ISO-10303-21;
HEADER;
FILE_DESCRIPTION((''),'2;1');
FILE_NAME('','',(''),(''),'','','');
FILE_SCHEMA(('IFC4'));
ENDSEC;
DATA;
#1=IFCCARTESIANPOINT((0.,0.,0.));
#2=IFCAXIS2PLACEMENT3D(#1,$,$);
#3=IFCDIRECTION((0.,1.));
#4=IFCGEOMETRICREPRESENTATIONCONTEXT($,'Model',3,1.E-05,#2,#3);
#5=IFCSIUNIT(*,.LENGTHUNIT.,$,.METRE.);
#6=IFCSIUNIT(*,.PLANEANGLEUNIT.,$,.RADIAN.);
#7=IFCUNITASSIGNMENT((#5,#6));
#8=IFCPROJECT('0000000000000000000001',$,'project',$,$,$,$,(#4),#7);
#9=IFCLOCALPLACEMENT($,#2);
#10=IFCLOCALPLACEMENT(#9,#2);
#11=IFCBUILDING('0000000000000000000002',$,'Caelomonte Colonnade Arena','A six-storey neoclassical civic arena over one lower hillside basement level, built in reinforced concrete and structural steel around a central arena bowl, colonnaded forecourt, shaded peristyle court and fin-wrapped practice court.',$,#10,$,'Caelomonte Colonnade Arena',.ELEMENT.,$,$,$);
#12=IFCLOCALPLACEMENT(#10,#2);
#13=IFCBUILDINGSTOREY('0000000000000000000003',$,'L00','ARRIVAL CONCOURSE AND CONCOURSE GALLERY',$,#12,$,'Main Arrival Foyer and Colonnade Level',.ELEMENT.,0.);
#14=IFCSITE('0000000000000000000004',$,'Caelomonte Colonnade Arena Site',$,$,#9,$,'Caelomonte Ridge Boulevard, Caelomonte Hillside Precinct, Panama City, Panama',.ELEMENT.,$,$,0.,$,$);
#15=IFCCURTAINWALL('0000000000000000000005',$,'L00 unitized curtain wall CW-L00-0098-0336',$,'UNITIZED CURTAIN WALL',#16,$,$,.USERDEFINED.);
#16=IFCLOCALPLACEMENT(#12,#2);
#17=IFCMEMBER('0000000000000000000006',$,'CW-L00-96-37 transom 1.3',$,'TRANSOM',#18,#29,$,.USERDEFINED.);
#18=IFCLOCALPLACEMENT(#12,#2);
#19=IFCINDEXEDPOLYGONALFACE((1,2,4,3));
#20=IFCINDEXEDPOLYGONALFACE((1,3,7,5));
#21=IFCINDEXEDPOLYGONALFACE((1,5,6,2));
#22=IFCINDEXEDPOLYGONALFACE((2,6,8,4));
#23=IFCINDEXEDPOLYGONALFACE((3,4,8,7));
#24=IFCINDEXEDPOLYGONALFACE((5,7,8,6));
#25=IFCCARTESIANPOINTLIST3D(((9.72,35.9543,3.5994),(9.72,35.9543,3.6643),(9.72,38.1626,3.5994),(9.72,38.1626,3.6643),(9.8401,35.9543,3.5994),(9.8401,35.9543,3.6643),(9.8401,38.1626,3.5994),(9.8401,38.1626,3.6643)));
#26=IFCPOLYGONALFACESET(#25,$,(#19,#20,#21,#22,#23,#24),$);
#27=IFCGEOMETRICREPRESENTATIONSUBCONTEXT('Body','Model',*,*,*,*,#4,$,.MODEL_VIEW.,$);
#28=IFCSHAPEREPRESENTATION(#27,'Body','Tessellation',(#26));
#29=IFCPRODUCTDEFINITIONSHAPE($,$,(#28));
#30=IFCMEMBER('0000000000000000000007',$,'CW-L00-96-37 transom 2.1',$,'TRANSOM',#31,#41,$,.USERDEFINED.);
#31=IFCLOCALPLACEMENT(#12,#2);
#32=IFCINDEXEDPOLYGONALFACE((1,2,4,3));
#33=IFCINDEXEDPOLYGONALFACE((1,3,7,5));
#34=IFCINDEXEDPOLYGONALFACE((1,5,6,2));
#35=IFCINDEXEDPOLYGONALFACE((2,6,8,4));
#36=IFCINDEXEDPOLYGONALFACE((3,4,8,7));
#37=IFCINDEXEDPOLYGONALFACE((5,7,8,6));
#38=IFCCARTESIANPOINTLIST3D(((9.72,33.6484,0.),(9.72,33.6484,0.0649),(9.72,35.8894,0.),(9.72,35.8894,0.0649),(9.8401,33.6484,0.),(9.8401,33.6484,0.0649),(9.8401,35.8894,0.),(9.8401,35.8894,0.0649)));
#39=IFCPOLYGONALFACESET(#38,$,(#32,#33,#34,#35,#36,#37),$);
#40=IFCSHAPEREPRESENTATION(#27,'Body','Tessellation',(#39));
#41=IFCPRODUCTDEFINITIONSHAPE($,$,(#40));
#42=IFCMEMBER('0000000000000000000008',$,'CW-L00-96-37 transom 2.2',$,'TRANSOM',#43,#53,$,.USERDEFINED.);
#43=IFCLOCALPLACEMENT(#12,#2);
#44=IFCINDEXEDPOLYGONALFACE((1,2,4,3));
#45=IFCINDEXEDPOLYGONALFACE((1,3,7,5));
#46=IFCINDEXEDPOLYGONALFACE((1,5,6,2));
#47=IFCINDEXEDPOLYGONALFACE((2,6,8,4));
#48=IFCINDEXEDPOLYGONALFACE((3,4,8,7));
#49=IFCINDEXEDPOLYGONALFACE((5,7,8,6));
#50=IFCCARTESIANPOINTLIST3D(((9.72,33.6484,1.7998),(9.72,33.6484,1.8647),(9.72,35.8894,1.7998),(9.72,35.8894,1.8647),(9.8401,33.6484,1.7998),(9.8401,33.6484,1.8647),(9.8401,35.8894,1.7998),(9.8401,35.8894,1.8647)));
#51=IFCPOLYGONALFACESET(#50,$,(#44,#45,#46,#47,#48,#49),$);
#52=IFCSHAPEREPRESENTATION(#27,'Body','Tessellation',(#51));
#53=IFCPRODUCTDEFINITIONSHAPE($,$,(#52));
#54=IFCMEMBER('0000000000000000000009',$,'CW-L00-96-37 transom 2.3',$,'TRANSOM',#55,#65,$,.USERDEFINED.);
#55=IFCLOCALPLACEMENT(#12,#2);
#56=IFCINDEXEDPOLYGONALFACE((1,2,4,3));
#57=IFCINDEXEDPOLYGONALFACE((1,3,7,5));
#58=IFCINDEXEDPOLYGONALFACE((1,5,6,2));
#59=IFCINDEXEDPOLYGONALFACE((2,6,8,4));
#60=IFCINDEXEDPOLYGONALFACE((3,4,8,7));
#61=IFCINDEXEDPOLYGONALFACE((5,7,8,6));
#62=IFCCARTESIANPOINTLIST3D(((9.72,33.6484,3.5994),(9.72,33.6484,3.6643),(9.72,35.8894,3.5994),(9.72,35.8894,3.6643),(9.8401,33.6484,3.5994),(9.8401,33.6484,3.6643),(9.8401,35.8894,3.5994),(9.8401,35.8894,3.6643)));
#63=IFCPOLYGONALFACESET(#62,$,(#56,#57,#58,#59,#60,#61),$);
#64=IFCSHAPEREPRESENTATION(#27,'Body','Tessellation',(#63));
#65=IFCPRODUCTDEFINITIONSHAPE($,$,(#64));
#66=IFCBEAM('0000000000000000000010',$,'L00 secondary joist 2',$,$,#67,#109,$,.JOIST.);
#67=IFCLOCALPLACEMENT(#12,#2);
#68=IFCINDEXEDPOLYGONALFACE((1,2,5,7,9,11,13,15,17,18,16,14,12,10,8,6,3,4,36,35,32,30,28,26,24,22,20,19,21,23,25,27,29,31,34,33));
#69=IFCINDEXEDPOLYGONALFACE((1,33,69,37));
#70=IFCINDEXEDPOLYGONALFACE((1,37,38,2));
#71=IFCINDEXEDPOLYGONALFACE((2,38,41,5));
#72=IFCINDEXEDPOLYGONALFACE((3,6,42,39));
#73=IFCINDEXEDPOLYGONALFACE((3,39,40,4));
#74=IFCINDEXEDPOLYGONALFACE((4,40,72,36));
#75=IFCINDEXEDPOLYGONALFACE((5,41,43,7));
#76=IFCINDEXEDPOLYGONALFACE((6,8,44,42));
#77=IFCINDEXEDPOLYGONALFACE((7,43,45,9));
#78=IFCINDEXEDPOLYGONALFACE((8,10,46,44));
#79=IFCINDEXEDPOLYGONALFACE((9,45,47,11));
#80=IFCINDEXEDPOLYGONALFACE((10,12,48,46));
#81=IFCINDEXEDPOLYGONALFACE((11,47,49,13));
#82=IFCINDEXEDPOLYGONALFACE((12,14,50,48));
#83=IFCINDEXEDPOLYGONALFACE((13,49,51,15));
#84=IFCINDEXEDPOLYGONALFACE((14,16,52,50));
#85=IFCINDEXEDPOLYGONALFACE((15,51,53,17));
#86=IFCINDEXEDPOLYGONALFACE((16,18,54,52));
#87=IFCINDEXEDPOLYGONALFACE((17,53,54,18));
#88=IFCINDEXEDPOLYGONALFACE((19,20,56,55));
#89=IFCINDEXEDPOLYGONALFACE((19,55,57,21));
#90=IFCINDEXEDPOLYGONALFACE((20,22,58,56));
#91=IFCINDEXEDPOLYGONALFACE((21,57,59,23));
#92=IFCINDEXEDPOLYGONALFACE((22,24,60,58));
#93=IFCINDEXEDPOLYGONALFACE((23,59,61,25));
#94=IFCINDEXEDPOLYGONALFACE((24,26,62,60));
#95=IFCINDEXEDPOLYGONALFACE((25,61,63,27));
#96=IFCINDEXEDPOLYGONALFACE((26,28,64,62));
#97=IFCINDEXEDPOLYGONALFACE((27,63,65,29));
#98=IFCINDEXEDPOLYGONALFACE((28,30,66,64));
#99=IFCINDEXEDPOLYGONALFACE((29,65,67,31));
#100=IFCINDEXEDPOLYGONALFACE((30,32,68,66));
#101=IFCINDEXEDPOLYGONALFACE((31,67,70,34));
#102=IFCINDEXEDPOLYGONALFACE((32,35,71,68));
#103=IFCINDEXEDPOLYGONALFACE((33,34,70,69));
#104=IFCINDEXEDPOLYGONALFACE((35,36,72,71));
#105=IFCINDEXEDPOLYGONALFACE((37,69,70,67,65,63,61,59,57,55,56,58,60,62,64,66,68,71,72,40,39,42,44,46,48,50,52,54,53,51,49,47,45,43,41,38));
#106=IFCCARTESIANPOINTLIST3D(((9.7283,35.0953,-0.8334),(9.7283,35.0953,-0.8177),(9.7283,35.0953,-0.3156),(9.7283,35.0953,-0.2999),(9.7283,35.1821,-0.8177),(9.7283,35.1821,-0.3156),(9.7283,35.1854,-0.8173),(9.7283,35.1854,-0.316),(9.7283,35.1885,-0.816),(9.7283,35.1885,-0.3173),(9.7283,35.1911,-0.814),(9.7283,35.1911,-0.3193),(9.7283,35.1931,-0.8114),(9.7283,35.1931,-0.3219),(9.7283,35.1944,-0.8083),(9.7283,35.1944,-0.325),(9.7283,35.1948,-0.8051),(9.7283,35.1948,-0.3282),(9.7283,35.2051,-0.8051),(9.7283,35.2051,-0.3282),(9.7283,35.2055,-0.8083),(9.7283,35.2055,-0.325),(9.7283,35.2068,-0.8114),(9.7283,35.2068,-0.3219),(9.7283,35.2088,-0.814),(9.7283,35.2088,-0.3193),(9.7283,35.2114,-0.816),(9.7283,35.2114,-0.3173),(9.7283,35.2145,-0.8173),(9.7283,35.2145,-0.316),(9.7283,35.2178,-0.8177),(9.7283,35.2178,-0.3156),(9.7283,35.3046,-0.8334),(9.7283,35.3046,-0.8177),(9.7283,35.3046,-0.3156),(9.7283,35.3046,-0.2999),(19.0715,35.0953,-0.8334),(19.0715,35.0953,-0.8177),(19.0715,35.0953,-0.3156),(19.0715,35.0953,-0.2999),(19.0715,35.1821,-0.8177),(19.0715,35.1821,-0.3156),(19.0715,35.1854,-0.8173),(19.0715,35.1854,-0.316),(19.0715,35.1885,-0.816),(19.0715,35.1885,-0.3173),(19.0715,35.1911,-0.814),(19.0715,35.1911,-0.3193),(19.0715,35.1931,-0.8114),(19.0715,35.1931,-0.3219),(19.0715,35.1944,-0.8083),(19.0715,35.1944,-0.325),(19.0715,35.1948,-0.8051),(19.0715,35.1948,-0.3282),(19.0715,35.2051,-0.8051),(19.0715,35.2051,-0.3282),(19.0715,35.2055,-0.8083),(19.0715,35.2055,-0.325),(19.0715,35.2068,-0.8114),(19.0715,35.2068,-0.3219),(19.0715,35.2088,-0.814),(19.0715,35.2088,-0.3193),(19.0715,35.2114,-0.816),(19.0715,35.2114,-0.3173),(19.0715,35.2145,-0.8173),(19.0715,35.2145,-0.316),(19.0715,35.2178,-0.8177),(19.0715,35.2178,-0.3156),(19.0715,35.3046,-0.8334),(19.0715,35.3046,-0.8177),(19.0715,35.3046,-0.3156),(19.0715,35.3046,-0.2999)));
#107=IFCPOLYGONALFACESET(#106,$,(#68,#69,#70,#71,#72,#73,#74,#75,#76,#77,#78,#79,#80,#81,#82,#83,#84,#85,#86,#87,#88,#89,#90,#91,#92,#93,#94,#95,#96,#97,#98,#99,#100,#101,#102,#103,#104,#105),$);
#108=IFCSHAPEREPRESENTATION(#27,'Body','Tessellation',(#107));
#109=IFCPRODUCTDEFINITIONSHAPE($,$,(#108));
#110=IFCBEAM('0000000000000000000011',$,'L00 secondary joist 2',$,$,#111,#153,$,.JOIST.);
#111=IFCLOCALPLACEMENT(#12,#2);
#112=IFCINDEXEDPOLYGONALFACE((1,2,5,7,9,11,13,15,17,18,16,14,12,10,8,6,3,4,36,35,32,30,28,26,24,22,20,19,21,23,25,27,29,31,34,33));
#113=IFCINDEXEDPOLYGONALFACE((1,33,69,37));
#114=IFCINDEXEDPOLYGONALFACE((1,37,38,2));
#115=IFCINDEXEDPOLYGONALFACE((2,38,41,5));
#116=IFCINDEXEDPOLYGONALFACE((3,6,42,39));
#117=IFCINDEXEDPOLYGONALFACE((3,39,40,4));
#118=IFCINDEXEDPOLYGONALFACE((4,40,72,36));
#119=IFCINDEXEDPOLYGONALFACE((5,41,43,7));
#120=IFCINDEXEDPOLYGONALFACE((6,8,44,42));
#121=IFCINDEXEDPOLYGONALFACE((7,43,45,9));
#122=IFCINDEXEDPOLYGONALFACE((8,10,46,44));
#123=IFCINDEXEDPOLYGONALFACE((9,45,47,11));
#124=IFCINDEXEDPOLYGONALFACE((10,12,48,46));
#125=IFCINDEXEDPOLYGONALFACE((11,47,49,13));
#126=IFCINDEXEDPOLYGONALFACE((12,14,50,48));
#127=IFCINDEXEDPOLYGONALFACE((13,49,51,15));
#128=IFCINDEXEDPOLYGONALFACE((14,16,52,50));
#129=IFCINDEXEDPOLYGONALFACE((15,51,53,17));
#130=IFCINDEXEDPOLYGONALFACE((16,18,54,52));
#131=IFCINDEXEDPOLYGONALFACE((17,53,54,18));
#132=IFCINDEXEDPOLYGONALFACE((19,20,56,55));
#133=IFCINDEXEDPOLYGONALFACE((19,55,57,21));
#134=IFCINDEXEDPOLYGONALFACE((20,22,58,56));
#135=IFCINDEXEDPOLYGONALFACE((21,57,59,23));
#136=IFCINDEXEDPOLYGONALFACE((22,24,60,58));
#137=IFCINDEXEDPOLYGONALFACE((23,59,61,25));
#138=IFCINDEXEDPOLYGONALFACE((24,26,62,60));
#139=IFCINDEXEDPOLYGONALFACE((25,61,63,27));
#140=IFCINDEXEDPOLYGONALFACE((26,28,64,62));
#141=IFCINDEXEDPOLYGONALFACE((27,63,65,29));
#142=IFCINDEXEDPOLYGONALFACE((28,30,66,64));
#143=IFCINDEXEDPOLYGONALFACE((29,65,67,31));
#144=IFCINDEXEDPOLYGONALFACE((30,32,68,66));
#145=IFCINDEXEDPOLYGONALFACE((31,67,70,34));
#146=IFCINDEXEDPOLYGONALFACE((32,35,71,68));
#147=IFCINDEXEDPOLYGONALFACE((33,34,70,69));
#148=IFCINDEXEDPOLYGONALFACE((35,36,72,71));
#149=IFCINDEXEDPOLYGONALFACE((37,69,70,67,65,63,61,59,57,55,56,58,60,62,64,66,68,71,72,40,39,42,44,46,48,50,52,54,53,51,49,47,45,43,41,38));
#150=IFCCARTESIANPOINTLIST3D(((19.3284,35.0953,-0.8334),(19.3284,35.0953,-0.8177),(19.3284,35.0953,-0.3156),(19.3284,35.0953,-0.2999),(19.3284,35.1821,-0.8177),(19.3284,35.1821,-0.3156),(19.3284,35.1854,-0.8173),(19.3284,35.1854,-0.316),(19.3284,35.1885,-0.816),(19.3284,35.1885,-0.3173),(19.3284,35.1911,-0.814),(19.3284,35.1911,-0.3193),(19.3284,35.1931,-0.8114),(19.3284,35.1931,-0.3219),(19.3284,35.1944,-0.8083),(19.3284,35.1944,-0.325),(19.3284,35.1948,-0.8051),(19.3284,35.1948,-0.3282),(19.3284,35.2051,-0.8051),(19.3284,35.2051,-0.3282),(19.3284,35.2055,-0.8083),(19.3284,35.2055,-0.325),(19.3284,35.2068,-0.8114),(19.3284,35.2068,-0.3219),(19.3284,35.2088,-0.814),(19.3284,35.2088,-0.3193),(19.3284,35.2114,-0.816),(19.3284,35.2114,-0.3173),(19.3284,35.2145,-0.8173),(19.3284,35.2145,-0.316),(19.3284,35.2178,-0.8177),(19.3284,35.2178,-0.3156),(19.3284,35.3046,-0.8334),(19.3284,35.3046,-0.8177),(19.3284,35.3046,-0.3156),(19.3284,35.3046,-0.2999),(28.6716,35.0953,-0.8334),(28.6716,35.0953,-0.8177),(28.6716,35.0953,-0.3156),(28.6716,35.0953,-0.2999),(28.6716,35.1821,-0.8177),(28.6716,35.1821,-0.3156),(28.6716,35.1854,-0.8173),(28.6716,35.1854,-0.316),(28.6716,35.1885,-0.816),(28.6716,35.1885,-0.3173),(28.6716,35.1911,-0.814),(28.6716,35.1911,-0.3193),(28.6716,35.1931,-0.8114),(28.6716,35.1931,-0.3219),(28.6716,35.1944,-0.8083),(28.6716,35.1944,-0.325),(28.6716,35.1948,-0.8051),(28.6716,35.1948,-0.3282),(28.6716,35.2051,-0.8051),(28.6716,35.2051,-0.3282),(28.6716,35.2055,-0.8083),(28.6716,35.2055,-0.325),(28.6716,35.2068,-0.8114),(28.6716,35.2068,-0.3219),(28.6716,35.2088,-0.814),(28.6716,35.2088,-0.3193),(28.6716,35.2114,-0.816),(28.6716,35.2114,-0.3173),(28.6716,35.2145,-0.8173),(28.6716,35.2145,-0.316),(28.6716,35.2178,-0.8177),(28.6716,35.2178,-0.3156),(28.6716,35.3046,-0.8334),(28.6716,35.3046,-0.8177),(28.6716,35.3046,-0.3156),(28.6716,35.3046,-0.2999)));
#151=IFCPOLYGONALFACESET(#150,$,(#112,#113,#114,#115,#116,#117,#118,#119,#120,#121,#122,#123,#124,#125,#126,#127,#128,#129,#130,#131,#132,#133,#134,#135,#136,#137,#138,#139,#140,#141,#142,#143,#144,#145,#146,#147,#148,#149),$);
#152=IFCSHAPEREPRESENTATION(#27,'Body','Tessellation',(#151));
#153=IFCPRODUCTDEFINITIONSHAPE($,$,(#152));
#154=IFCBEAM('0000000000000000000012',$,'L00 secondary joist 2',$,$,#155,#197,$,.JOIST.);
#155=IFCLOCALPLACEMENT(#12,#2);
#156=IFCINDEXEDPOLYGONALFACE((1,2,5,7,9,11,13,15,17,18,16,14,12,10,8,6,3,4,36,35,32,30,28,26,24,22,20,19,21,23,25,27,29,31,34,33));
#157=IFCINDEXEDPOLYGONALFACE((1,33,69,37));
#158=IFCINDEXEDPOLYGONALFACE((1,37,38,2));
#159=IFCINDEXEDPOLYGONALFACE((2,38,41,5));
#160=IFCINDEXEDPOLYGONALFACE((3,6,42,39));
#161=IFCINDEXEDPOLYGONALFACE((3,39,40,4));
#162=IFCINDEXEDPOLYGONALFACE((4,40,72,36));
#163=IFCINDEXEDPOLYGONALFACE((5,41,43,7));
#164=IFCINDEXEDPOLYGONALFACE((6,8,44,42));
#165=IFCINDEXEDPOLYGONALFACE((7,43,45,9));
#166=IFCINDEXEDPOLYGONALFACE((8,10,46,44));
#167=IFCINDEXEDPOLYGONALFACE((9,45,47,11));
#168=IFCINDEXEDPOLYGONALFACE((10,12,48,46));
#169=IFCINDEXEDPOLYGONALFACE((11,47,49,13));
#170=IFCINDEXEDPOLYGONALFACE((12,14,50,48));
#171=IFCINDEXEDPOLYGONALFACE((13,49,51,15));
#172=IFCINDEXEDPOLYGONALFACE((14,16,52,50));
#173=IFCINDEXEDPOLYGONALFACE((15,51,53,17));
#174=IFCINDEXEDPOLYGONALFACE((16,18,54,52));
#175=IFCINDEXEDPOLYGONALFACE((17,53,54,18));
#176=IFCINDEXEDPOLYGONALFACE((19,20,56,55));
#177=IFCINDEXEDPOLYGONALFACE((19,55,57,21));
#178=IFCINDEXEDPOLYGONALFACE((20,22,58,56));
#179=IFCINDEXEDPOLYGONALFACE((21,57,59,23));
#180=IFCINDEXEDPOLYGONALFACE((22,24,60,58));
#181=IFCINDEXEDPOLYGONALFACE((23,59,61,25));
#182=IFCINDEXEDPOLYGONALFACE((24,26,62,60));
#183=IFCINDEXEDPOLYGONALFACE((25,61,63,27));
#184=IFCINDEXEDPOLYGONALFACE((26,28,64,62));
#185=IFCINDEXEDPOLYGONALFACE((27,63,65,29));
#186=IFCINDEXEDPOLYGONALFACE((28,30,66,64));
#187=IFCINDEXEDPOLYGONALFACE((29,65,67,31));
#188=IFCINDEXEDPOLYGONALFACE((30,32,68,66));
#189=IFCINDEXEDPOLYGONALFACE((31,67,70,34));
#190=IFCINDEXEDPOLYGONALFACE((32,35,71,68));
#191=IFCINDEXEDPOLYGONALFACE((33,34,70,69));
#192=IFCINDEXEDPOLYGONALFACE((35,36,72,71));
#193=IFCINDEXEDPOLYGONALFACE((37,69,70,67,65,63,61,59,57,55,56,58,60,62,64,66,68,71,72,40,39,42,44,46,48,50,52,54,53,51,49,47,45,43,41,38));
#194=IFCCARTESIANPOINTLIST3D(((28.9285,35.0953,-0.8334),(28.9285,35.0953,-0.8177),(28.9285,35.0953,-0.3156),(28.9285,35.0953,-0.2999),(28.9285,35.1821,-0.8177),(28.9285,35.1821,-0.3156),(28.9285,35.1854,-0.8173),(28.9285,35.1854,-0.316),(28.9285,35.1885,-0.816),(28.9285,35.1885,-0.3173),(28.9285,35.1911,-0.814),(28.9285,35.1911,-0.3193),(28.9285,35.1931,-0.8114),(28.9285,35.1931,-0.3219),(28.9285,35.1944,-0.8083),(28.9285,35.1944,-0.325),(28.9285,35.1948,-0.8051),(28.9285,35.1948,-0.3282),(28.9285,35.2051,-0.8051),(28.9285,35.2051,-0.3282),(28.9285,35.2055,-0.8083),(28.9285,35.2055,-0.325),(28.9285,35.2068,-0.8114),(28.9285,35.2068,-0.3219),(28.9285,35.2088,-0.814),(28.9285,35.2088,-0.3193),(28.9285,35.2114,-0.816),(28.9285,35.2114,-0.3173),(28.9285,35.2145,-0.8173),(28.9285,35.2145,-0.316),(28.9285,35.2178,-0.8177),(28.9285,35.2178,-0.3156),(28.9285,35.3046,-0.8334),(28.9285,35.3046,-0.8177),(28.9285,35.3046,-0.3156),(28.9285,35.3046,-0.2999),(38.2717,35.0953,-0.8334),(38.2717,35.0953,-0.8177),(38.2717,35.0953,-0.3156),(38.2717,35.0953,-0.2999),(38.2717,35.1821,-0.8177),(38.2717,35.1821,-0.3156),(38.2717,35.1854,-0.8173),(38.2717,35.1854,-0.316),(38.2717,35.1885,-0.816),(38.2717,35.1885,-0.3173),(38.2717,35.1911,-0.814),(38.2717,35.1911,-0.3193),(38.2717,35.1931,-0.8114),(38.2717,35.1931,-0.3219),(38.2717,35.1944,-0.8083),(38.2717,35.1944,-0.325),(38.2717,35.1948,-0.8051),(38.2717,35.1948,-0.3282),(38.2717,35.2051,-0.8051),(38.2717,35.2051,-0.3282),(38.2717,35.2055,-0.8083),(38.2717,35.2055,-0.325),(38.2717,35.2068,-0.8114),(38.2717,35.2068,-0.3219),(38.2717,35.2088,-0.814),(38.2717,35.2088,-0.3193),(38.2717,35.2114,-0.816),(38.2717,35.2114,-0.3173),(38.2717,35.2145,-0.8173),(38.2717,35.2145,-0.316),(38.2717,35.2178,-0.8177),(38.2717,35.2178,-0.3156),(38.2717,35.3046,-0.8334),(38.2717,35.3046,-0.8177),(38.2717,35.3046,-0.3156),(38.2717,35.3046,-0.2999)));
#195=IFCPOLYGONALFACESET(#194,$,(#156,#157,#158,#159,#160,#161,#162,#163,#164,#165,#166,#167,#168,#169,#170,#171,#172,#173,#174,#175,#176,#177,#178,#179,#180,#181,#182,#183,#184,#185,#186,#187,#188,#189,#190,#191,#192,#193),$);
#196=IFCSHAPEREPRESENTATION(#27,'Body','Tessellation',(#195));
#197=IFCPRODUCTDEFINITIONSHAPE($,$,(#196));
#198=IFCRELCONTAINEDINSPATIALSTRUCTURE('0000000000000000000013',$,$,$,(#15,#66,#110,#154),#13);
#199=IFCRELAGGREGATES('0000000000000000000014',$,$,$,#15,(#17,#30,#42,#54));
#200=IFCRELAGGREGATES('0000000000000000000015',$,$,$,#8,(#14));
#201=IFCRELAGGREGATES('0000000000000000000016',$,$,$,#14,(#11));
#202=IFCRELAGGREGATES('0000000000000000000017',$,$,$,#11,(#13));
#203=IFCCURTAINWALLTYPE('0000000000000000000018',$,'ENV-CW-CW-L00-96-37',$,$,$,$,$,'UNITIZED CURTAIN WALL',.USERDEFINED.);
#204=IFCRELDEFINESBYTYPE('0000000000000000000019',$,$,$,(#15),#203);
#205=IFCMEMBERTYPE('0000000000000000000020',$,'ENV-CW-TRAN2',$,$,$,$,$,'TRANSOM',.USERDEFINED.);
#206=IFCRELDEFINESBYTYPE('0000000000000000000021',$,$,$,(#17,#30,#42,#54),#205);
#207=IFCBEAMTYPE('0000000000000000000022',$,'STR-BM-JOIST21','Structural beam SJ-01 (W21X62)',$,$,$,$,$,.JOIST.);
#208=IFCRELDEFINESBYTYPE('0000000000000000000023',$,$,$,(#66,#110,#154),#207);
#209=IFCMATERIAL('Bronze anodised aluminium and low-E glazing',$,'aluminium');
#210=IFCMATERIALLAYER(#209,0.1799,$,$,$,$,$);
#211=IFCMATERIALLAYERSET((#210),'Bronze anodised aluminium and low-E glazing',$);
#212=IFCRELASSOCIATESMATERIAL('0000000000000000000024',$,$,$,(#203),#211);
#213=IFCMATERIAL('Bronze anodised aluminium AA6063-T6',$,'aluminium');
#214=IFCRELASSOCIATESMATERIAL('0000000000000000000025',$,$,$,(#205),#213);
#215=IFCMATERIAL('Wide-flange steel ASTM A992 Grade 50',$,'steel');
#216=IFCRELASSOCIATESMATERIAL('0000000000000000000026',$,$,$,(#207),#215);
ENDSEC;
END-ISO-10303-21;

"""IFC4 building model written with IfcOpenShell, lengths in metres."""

from ifc_helpers import new_model, si_unit, direction, frame, origin, origin_2d, place, context, subcontext, project, spatial, rectangle, i_section, extrude, material, layer, layer_set, material_profile, profile_set, type_object, element, aggregate, save


model = new_model("IFC4")

# Units and contexts
model_context = context("Model", 3, precision=1e-05, world=origin(), true_north=direction((0.0, 1.0)))
body_context = subcontext(model_context, "Body", "Model", "MODEL_VIEW")
ifc_project = project(units=[si_unit("LENGTHUNIT", "METRE"), si_unit("PLANEANGLEUNIT", "RADIAN")], contexts=[model_context])

# Site, building, storey
site_placement = place(None, origin())
site = spatial("IfcSite", under=ifc_project, at=site_placement, Name="Caelomonte Colonnade Arena Site", LongName="Caelomonte Ridge Boulevard, Caelomonte Hillside Precinct, Panama City, Panama", CompositionType="ELEMENT", RefElevation=0.0)
building_placement = place(site_placement, origin())
building = spatial("IfcBuilding", under=site, at=building_placement, Name="Caelomonte Colonnade Arena", Description="A six-storey neoclassical civic arena over one lower hillside basement level, built in reinforced concrete and structural steel around a central arena bowl, colonnaded forecourt, shaded peristyle court and fin-wrapped practice court.", LongName="Caelomonte Colonnade Arena", CompositionType="ELEMENT")
storey_placement = place(building_placement, origin())
storey = spatial("IfcBuildingStorey", under=building, at=storey_placement, Name="L00", Description="ARRIVAL CONCOURSE AND CONCOURSE GALLERY", LongName="Main Arrival Foyer and Colonnade Level", CompositionType="ELEMENT", Elevation=0.0)

# Curtain wall, members
ifc_material_1 = material(Name="Bronze anodised aluminium and low-E glazing", Category="aluminium")
ifc_layer_1 = layer(ifc_material_1, 0.1799)
ifc_layer_set_1 = layer_set([ifc_layer_1], Name="Bronze anodised aluminium and low-E glazing")
curtain_wall_type = type_object("IfcCurtainWallType", Name="ENV-CW-CW-L00-96-37", ElementType="UNITIZED CURTAIN WALL", PredefinedType="USERDEFINED", material=ifc_layer_set_1)
curtain_wall_placement = place(storey_placement, origin())
curtain_wall = element("IfcCurtainWall", 1, at=curtain_wall_placement, inside=storey, type_object=curtain_wall_type, Name="L00 unitized curtain wall CW-L00-0098-0336", ObjectType="UNITIZED CURTAIN WALL", PredefinedType="USERDEFINED")
ifc_material_2 = material(Name="Bronze anodised aluminium AA6063-T6", Category="aluminium")
ifc_material_profile_1 = material_profile(ifc_material_2, rectangle(XDim=0.0649, YDim=0.1201, at=origin_2d()), Name="CWT-65X120")
ifc_profile_set_1 = profile_set([ifc_material_profile_1], Name="Bronze anodised aluminium AA6063-T6")
member_type_1 = type_object("IfcMemberType", Name="ENV-CW-TRAN2", ElementType="TRANSOM", PredefinedType="USERDEFINED", material=ifc_profile_set_1)
member_1_placement = place(storey_placement, frame((9.78, 38.1626, 3.6318), z_axis=(0.0, -1.0, 0.0), x_axis=(0.0, 0.0, 1.0)))
member_1 = element("IfcMember", 2, at=member_1_placement, type_object=member_type_1, Name="CW-L00-96-37 transom 1.3", ObjectType="TRANSOM", PredefinedType="USERDEFINED", context=body_context, shape_type="SweptSolid", body=[
    extrude(rectangle(XDim=0.0649, YDim=0.1201, at=origin_2d()), origin(), (0.0, 0.0, 1.0), 2.2083),
])
member_2_placement = place(storey_placement, frame((9.78, 35.8894, 0.0325), z_axis=(0.0, -1.0, 0.0), x_axis=(0.0, 0.0, 1.0)))
member_2 = element("IfcMember", 3, at=member_2_placement, type_object=member_type_1, Name="CW-L00-96-37 transom 2.1", ObjectType="TRANSOM", PredefinedType="USERDEFINED", context=body_context, shape_type="SweptSolid", body=[
    extrude(rectangle(XDim=0.0649, YDim=0.1201, at=origin_2d()), origin(), (0.0, 0.0, 1.0), 2.241),
])
member_3_placement = place(storey_placement, frame((9.78, 35.8894, 1.8323), z_axis=(0.0, -1.0, 0.0), x_axis=(0.0, 0.0, 1.0)))
member_3 = element("IfcMember", 4, at=member_3_placement, type_object=member_type_1, Name="CW-L00-96-37 transom 2.2", ObjectType="TRANSOM", PredefinedType="USERDEFINED", context=body_context, shape_type="SweptSolid", body=[
    extrude(rectangle(XDim=0.0649, YDim=0.1201, at=origin_2d()), origin(), (0.0, 0.0, 1.0), 2.241),
])
member_4_placement = place(storey_placement, frame((9.78, 35.8894, 3.6318), z_axis=(0.0, -1.0, 0.0), x_axis=(0.0, 0.0, 1.0)))
member_4 = element("IfcMember", 5, at=member_4_placement, type_object=member_type_1, Name="CW-L00-96-37 transom 2.3", ObjectType="TRANSOM", PredefinedType="USERDEFINED", context=body_context, shape_type="SweptSolid", body=[
    extrude(rectangle(XDim=0.0649, YDim=0.1201, at=origin_2d()), origin(), (0.0, 0.0, 1.0), 2.241),
])

# Beams
ifc_material_3 = material(Name="Wide-flange steel ASTM A992 Grade 50", Category="steel")
ifc_material_profile_2 = material_profile(ifc_material_3, i_section(OverallWidth=0.2092, OverallDepth=0.5334, WebThickness=0.0103, FlangeThickness=0.0156, FilletRadius=0.0127, at=origin_2d()), Name="W21X62")
ifc_profile_set_2 = profile_set([ifc_material_profile_2], Name="Wide-flange steel ASTM A992 Grade 50")
beam_type_1 = type_object("IfcBeamType", Name="STR-BM-JOIST21", Description="Structural beam SJ-01 (W21X62)", PredefinedType="JOIST", material=ifc_profile_set_2)
for number, where, z_axis, x_axis, name in (
    (6, (9.7283, 35.2, -0.5667), (1.0, 0.0, 0.0), (0.0, 1.0, 0.0), "L00 secondary joist 2"),
    (7, (19.3284, 35.2, -0.5667), (1.0, 0.0, 0.0), (0.0, 1.0, 0.0), "L00 secondary joist 2"),
    (8, (28.9285, 35.2, -0.5667), (1.0, 0.0, 0.0), (0.0, 1.0, 0.0), "L00 secondary joist 2"),
):
    element("IfcBeam", number, at=place(storey_placement, frame(where, z_axis=z_axis, x_axis=x_axis)), inside=storey, type_object=beam_type_1, Name=name, PredefinedType="JOIST", context=body_context, shape_type="SweptSolid", body=[
        extrude(i_section(OverallWidth=0.2092, OverallDepth=0.5334, WebThickness=0.0103, FlangeThickness=0.0156, FilletRadius=0.0127, at=origin_2d()), origin(), (0.0, 0.0, 1.0), 9.3433),
    ])

aggregate(curtain_wall, [member_1, member_2, member_3, member_4])

save(model, "model.ifc")
